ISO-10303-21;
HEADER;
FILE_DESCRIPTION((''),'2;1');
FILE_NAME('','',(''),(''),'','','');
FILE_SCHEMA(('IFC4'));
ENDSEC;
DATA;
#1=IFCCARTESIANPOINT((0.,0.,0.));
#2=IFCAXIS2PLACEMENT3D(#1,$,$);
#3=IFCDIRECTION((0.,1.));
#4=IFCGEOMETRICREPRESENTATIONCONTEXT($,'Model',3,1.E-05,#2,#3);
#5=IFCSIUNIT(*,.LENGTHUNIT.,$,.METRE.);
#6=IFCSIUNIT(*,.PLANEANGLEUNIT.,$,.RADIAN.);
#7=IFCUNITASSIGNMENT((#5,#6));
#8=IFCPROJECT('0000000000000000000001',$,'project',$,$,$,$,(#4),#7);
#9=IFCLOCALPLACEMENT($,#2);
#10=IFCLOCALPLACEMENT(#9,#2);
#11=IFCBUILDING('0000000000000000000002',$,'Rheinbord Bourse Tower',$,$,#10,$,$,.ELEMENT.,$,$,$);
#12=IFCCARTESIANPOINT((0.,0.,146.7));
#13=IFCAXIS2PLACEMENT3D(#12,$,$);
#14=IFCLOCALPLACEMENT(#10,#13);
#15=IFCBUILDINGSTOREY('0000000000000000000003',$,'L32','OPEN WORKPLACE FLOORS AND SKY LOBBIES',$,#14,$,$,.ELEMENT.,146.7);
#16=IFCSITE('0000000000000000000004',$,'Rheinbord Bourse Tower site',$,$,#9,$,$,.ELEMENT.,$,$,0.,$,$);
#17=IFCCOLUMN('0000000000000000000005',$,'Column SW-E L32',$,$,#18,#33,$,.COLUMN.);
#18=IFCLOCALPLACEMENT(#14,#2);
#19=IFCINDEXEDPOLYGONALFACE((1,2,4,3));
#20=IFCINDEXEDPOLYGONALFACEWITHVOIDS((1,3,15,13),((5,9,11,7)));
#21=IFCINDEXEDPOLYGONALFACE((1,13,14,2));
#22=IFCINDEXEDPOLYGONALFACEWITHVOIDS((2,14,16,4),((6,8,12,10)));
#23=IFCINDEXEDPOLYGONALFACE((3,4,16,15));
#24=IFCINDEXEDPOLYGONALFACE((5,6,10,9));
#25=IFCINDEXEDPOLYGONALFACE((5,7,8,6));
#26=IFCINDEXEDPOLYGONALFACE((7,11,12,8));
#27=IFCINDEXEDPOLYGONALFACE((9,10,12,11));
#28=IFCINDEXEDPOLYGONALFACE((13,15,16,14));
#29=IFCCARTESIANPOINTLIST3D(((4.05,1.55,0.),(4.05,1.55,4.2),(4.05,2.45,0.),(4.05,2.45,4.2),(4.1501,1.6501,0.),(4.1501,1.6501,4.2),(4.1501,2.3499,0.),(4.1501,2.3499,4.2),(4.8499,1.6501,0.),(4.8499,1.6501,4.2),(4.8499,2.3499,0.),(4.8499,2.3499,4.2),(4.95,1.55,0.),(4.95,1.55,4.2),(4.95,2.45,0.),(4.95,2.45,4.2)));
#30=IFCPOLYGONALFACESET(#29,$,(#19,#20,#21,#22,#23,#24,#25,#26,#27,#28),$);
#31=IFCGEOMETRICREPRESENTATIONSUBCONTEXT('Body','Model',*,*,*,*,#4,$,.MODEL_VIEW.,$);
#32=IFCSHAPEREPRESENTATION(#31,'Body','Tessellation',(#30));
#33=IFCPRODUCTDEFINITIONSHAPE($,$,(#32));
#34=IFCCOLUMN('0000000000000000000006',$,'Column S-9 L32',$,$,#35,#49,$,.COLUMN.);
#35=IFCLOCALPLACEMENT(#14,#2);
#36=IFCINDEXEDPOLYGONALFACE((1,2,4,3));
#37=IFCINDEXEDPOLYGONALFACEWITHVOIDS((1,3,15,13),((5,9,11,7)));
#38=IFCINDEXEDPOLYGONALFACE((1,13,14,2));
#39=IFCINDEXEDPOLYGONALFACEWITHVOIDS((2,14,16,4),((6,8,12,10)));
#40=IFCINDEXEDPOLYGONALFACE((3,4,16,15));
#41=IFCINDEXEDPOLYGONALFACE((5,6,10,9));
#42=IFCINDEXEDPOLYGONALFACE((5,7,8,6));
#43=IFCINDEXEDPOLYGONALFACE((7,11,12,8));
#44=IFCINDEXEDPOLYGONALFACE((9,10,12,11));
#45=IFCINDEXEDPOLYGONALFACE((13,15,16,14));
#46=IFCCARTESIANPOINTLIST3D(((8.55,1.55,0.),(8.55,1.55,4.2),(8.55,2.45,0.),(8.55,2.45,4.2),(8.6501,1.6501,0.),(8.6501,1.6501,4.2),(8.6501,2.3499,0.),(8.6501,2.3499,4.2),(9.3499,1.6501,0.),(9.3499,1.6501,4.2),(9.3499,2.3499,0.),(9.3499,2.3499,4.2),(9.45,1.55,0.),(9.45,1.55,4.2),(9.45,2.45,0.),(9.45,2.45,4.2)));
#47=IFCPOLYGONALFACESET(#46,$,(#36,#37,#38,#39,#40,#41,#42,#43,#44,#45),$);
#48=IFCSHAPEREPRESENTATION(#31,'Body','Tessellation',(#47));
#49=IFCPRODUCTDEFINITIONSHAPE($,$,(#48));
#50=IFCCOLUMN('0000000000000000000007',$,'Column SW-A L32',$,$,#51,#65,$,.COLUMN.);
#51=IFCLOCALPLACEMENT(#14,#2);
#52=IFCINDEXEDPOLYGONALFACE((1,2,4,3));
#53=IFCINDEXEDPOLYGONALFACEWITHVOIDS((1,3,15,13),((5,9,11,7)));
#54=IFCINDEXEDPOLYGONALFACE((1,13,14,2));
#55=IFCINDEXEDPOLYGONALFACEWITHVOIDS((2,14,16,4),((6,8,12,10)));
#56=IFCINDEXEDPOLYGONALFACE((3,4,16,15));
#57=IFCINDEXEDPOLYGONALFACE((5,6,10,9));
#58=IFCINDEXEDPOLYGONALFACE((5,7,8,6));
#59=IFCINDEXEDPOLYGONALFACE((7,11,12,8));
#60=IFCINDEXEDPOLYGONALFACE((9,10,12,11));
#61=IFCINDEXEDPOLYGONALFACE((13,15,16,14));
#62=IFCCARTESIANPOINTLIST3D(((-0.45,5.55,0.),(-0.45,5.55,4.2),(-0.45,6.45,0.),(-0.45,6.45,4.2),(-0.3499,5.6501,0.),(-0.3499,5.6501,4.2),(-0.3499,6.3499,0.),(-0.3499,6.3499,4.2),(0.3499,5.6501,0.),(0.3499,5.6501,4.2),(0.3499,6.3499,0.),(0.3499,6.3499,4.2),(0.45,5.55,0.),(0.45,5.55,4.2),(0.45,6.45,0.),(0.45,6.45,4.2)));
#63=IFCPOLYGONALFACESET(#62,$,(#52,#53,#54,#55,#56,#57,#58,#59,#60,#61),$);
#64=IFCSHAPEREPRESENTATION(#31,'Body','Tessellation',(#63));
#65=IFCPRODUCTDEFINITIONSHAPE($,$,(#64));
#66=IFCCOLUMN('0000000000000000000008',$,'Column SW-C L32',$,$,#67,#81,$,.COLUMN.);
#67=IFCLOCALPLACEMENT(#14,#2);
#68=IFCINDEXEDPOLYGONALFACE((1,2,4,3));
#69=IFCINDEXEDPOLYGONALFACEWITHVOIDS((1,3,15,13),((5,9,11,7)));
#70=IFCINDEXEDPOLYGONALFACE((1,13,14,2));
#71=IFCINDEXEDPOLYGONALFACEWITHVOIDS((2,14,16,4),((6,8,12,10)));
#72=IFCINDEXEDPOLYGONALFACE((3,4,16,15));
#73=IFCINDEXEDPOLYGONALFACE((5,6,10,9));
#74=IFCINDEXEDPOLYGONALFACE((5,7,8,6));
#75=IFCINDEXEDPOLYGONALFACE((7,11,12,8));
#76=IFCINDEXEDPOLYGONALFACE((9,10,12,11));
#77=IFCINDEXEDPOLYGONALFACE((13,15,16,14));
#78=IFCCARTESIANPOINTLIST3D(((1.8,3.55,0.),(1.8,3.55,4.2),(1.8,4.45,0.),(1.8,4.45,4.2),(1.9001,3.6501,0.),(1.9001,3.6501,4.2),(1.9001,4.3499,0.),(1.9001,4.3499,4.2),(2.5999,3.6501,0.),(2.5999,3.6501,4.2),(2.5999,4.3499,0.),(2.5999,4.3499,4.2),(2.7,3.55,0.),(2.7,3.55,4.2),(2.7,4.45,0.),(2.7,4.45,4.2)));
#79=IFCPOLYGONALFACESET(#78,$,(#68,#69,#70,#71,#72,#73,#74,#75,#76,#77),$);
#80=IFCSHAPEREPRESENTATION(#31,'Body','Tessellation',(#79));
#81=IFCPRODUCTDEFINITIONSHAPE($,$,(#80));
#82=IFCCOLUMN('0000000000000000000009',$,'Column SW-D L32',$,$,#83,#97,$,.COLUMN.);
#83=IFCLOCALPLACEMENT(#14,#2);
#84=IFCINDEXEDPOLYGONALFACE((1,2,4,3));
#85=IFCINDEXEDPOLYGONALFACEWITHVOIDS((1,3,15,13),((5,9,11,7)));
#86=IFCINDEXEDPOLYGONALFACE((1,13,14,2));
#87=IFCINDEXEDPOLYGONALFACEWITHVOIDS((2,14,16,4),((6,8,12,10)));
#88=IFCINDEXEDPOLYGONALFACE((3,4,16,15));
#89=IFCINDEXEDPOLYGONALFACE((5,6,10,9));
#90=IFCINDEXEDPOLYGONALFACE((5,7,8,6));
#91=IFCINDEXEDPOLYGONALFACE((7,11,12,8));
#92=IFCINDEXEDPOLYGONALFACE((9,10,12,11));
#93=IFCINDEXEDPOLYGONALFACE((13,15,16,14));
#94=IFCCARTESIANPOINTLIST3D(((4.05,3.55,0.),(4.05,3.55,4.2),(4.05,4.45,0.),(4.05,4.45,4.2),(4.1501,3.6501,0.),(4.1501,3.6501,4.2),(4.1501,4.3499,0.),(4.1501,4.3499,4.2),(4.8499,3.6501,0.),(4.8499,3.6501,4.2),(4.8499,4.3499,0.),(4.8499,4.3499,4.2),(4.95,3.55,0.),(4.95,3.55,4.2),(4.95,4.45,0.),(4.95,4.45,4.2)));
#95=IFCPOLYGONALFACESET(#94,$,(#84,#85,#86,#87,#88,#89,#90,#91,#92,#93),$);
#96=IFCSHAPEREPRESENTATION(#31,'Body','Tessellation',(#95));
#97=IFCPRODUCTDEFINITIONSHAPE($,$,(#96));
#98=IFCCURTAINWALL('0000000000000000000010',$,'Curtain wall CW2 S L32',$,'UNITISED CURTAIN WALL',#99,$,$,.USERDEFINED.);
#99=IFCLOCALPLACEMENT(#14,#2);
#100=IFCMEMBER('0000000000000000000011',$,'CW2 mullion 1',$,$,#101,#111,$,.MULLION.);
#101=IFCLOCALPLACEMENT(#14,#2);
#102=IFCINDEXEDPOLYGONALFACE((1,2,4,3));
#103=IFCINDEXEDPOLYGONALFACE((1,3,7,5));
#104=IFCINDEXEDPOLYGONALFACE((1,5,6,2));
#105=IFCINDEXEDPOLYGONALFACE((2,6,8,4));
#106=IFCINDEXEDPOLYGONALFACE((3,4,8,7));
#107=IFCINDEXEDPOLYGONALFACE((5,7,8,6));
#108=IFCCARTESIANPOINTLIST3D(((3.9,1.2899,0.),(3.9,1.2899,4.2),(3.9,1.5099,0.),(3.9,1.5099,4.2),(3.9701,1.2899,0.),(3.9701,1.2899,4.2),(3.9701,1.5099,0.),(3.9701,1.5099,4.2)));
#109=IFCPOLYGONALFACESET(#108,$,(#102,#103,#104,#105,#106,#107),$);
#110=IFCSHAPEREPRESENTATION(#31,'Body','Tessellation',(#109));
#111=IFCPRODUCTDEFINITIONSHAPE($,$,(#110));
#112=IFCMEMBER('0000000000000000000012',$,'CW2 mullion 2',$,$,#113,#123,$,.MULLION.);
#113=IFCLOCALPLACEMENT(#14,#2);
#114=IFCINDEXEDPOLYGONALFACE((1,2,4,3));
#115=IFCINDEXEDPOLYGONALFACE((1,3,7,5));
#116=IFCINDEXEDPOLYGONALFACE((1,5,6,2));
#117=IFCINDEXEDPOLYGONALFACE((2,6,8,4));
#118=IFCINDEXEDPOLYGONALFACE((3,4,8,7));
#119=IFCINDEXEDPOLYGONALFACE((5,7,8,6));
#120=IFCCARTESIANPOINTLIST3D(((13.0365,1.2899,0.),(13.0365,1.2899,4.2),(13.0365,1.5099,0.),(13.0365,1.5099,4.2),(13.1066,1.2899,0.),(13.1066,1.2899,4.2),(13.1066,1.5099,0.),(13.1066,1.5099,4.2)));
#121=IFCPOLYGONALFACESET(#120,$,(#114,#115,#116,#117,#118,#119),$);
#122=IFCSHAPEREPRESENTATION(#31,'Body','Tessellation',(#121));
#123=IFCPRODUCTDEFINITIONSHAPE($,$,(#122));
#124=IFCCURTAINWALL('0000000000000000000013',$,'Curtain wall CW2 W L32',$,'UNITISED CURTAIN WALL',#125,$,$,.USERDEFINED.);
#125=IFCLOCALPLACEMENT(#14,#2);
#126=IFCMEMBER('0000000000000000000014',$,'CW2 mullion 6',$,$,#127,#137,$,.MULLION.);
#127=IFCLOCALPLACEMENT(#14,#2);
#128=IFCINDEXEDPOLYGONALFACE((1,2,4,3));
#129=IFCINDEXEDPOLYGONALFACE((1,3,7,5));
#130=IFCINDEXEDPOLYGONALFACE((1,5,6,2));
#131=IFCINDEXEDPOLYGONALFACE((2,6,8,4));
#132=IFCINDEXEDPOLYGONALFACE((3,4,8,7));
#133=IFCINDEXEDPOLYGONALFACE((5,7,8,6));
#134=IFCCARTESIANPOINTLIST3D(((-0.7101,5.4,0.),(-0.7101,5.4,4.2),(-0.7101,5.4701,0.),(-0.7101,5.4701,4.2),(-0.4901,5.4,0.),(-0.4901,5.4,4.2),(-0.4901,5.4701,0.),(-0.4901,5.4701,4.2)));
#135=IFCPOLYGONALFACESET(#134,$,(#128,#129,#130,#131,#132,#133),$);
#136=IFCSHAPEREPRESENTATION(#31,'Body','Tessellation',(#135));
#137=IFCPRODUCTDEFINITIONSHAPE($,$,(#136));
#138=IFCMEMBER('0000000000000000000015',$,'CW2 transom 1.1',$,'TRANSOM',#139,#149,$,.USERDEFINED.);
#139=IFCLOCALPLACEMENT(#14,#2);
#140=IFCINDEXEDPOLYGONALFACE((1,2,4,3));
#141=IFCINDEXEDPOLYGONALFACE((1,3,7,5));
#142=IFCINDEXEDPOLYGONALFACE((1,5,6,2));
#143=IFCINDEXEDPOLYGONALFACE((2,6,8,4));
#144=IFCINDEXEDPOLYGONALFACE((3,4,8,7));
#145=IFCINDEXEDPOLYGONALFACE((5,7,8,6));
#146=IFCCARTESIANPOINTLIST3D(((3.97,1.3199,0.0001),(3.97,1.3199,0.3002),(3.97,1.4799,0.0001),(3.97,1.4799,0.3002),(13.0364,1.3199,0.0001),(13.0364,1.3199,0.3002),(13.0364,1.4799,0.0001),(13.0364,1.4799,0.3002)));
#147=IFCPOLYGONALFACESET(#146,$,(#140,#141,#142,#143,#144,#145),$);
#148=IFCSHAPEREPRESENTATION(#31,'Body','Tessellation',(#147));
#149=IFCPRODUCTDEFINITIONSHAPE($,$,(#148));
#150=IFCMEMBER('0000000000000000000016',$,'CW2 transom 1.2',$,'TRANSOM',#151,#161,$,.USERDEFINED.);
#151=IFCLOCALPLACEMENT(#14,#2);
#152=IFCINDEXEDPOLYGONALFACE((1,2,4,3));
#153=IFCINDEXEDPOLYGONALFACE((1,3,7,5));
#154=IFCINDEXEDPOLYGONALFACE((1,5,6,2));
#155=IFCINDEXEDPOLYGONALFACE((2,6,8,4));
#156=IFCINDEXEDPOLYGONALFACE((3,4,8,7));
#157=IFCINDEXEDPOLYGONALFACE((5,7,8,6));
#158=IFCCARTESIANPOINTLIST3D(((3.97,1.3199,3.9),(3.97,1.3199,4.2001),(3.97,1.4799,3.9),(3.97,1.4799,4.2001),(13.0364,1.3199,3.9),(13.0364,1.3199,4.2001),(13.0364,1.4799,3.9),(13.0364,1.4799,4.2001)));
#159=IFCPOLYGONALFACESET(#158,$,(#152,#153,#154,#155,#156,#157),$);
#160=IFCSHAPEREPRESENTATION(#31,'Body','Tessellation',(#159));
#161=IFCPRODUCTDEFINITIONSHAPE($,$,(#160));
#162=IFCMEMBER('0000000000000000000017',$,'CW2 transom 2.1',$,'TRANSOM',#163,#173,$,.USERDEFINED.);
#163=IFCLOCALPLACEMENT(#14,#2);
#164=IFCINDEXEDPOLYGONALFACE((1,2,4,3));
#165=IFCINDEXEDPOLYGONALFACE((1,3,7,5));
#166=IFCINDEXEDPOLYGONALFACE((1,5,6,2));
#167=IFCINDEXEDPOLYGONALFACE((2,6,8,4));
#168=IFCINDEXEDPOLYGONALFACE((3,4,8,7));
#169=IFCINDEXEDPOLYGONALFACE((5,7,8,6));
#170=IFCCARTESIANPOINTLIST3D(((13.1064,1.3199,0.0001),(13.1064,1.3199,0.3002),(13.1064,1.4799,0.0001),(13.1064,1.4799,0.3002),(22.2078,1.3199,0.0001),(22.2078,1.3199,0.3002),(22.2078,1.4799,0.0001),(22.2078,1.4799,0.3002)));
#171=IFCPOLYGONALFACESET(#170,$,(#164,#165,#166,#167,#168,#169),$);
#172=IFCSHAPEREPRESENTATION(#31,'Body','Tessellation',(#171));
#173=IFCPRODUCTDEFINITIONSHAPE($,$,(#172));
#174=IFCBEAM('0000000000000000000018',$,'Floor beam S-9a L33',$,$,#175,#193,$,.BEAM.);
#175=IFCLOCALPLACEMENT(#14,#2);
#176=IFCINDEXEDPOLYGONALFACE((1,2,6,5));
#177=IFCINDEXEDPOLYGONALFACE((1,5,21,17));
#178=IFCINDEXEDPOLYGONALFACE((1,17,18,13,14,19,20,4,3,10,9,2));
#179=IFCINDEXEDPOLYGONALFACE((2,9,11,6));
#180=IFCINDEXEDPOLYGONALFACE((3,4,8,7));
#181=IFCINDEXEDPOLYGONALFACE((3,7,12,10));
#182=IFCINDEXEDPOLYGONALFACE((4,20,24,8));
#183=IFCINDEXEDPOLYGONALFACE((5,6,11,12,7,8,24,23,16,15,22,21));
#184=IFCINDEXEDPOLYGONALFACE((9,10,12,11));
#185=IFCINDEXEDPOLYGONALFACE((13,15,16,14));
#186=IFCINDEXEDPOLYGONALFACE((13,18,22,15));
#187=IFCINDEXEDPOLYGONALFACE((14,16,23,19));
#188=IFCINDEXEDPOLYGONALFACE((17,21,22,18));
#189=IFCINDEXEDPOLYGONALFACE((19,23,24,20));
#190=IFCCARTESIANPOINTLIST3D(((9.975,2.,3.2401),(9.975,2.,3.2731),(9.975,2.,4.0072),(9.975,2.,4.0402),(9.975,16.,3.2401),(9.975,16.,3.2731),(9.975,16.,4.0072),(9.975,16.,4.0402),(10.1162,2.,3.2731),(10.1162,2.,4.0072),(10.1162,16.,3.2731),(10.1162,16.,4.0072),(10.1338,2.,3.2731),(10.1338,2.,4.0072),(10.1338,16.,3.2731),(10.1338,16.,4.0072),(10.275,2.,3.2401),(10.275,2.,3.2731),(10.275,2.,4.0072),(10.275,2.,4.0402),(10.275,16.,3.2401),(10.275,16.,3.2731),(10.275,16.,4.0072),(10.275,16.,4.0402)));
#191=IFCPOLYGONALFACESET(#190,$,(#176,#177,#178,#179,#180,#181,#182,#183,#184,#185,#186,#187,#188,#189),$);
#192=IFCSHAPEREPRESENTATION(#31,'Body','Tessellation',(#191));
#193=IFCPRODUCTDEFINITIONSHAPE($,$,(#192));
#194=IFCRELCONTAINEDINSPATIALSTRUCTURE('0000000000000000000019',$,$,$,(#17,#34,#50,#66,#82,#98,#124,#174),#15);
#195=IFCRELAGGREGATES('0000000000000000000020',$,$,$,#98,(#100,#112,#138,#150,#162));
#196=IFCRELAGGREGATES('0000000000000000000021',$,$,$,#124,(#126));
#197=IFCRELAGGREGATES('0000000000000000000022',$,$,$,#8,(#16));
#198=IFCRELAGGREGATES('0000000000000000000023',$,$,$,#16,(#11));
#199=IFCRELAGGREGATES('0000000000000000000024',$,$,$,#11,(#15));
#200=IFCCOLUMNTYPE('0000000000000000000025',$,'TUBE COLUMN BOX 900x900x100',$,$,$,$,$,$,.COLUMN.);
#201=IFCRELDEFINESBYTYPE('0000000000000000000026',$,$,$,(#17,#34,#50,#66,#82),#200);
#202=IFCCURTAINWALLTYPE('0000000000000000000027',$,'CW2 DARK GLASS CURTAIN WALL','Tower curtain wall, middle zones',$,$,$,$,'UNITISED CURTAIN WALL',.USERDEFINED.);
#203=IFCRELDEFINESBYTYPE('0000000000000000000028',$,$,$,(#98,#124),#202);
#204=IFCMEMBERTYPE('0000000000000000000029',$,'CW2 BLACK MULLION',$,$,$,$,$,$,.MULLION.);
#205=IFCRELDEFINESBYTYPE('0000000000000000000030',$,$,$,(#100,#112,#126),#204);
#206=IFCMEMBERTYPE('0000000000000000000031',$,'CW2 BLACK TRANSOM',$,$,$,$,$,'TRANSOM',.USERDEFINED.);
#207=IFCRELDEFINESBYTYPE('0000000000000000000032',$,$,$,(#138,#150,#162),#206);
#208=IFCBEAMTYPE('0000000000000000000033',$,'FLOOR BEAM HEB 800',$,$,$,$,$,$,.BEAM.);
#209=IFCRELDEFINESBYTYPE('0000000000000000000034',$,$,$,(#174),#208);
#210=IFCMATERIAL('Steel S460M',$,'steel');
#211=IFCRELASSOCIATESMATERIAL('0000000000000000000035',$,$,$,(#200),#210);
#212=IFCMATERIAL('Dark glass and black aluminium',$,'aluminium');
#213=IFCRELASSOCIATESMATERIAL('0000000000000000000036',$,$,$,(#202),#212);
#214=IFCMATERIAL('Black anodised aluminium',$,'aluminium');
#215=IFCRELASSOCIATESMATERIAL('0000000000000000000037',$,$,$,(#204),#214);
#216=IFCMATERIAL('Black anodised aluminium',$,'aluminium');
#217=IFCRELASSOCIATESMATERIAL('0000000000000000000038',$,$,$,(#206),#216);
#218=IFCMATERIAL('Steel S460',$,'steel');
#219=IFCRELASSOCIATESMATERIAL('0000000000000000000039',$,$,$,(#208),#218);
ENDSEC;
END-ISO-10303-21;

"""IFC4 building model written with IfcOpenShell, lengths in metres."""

from ifc_helpers import new_model, si_unit, direction, frame, origin, origin_2d, place, context, subcontext, project, spatial, rectangle, hollow_rectangle, i_section, extrude, material, material_profile, profile_set, type_object, element, aggregate, save


model = new_model("IFC4")

# Units and contexts
model_context = context("Model", 3, precision=1e-05, world=origin(), true_north=direction((0.0, 1.0)))
body_context = subcontext(model_context, "Body", "Model", "MODEL_VIEW")
ifc_project = project(units=[si_unit("LENGTHUNIT", "METRE"), si_unit("PLANEANGLEUNIT", "RADIAN")], contexts=[model_context])

# Site, building, storey
site_placement = place(None, origin())
site = spatial("IfcSite", under=ifc_project, at=site_placement, Name="Rheinbord Bourse Tower site", CompositionType="ELEMENT", RefElevation=0.0)
building_placement = place(site_placement, origin())
building = spatial("IfcBuilding", under=site, at=building_placement, Name="Rheinbord Bourse Tower", CompositionType="ELEMENT")
storey_placement = place(building_placement, frame((0.0, 0.0, 146.7)))
storey = spatial("IfcBuildingStorey", under=building, at=storey_placement, Name="L32", Description="OPEN WORKPLACE FLOORS AND SKY LOBBIES", CompositionType="ELEMENT", Elevation=146.7)

# Columns
ifc_material_1 = material(Name="Steel S460M", Category="steel")
ifc_material_profile_1 = material_profile(ifc_material_1, hollow_rectangle(XDim=0.8999, YDim=0.8999, WallThickness=0.1001, at=origin_2d()), Name="BOX 900x900x100")
ifc_profile_set_1 = profile_set([ifc_material_profile_1], Name="Steel S460M")
column_type = type_object("IfcColumnType", Name="TUBE COLUMN BOX 900x900x100", PredefinedType="COLUMN", material=ifc_profile_set_1)
for number, where, z_axis, x_axis, name in (
    (1, (4.5, 2.0, 0.0), (0.0, 0.0, 1.0), (0.0, 1.0, 0.0), "Column SW-E L32"),
    (2, (9.0, 2.0, 0.0), (0.0, 0.0, 1.0), (0.0, 1.0, 0.0), "Column S-9 L32"),
    (3, (0.0, 6.0, 0.0), (0.0, 0.0, 1.0), (1.0, 0.0, 0.0), "Column SW-A L32"),
    (4, (2.25, 4.0, 0.0), (0.0, 0.0, 1.0), (1.0, 0.0, 0.0), "Column SW-C L32"),
    (5, (4.5, 4.0, 0.0), (0.0, 0.0, 1.0), (0.0, 1.0, 0.0), "Column SW-D L32"),
):
    element("IfcColumn", number, at=place(storey_placement, frame(where, z_axis=z_axis, x_axis=x_axis)), inside=storey, type_object=column_type, Name=name, PredefinedType="COLUMN", context=body_context, shape_type="SweptSolid", body=[
        extrude(hollow_rectangle(XDim=0.8999, YDim=0.8999, WallThickness=0.1001, at=origin_2d()), origin(), (0.0, 0.0, 1.0), 4.2),
    ])

# Curtain wall, members
ifc_material_2 = material(Name="Dark glass and black aluminium", Category="aluminium")
curtain_wall_type = type_object("IfcCurtainWallType", Name="CW2 DARK GLASS CURTAIN WALL", Description="Tower curtain wall, middle zones", ElementType="UNITISED CURTAIN WALL", PredefinedType="USERDEFINED", material=ifc_material_2)
curtain_wall_1_placement = place(storey_placement, origin())
curtain_wall_1 = element("IfcCurtainWall", 6, at=curtain_wall_1_placement, inside=storey, type_object=curtain_wall_type, Name="Curtain wall CW2 S L32", ObjectType="UNITISED CURTAIN WALL", PredefinedType="USERDEFINED")
ifc_material_3 = material(Name="Black anodised aluminium", Category="aluminium")
ifc_material_profile_2 = material_profile(ifc_material_3, rectangle(XDim=0.22, YDim=0.0701, at=origin_2d()), Name="CW2 MULLION 70x220")
ifc_profile_set_2 = profile_set([ifc_material_profile_2], Name="Black anodised aluminium")
member_type_1 = type_object("IfcMemberType", Name="CW2 BLACK MULLION", PredefinedType="MULLION", material=ifc_profile_set_2)
member_1_placement = place(storey_placement, frame((3.9351, 1.3999, 0.0), z_axis=(0.0, 0.0, 1.0), x_axis=(0.0, 1.0, 0.0)))
member_1 = element("IfcMember", 7, at=member_1_placement, type_object=member_type_1, Name="CW2 mullion 1", PredefinedType="MULLION", context=body_context, shape_type="SweptSolid", body=[
    extrude(rectangle(XDim=0.22, YDim=0.0701, at=origin_2d()), origin(), (0.0, 0.0, 1.0), 4.2),
])
member_2_placement = place(storey_placement, frame((13.0715, 1.3999, 0.0), z_axis=(0.0, 0.0, 1.0), x_axis=(0.0, 1.0, 0.0)))
member_2 = element("IfcMember", 8, at=member_2_placement, type_object=member_type_1, Name="CW2 mullion 2", PredefinedType="MULLION", context=body_context, shape_type="SweptSolid", body=[
    extrude(rectangle(XDim=0.22, YDim=0.0701, at=origin_2d()), origin(), (0.0, 0.0, 1.0), 4.2),
])

# Curtain wall, member
curtain_wall_2_placement = place(storey_placement, origin())
curtain_wall_2 = element("IfcCurtainWall", 9, at=curtain_wall_2_placement, inside=storey, type_object=curtain_wall_type, Name="Curtain wall CW2 W L32", ObjectType="UNITISED CURTAIN WALL", PredefinedType="USERDEFINED")
member_3_placement = place(storey_placement, frame((-0.6001, 5.4351, 0.0), z_axis=(0.0, 0.0, 1.0), x_axis=(1.0, 0.0, 0.0)))
member_3 = element("IfcMember", 10, at=member_3_placement, type_object=member_type_1, Name="CW2 mullion 6", PredefinedType="MULLION", context=body_context, shape_type="SweptSolid", body=[
    extrude(rectangle(XDim=0.22, YDim=0.0701, at=origin_2d()), origin(), (0.0, 0.0, 1.0), 4.2),
])

# Members
ifc_material_4 = material(Name="Black anodised aluminium", Category="aluminium")
ifc_material_profile_3 = material_profile(ifc_material_4, rectangle(XDim=0.1599, YDim=0.3, at=origin_2d()), Name="CW2 TRANSOM 300x160")
ifc_profile_set_3 = profile_set([ifc_material_profile_3], Name="Black anodised aluminium")
member_type_2 = type_object("IfcMemberType", Name="CW2 BLACK TRANSOM", ElementType="TRANSOM", PredefinedType="USERDEFINED", material=ifc_profile_set_3)
member_4_placement = place(storey_placement, frame((3.97, 1.3999, 0.1501), z_axis=(1.0, 0.0, 0.0), x_axis=(0.0, 1.0, 0.0)))
member_4 = element("IfcMember", 11, at=member_4_placement, type_object=member_type_2, Name="CW2 transom 1.1", ObjectType="TRANSOM", PredefinedType="USERDEFINED", context=body_context, shape_type="SweptSolid", body=[
    extrude(rectangle(XDim=0.1599, YDim=0.3, at=origin_2d()), origin(), (0.0, 0.0, 1.0), 9.0664),
])
member_5_placement = place(storey_placement, frame((3.97, 1.3999, 4.05), z_axis=(1.0, 0.0, 0.0), x_axis=(0.0, 1.0, 0.0)))
member_5 = element("IfcMember", 12, at=member_5_placement, type_object=member_type_2, Name="CW2 transom 1.2", ObjectType="TRANSOM", PredefinedType="USERDEFINED", context=body_context, shape_type="SweptSolid", body=[
    extrude(rectangle(XDim=0.1599, YDim=0.3, at=origin_2d()), origin(), (0.0, 0.0, 1.0), 9.0664),
])
member_6_placement = place(storey_placement, frame((13.1064, 1.3999, 0.1501), z_axis=(1.0, 0.0, 0.0), x_axis=(0.0, 1.0, 0.0)))
member_6 = element("IfcMember", 13, at=member_6_placement, type_object=member_type_2, Name="CW2 transom 2.1", ObjectType="TRANSOM", PredefinedType="USERDEFINED", context=body_context, shape_type="SweptSolid", body=[
    extrude(rectangle(XDim=0.1599, YDim=0.3, at=origin_2d()), origin(), (0.0, 0.0, 1.0), 9.1013),
])

# Beam
ifc_material_5 = material(Name="Steel S460", Category="steel")
ifc_material_profile_4 = material_profile(ifc_material_5, i_section(OverallWidth=0.3, OverallDepth=0.8, WebThickness=0.0176, FlangeThickness=0.033, at=origin_2d()), Name="HEB 800")
ifc_profile_set_4 = profile_set([ifc_material_profile_4], Name="Steel S460")
beam_type_1 = type_object("IfcBeamType", Name="FLOOR BEAM HEB 800", PredefinedType="BEAM", material=ifc_profile_set_4)
for number, where, z_axis, x_axis, name in (
    (14, (10.125, 2.0, 3.6401), (0.0, 1.0, 0.0), (-1.0, 0.0, 0.0), "Floor beam S-9a L33"),
):
    element("IfcBeam", number, at=place(storey_placement, frame(where, z_axis=z_axis, x_axis=x_axis)), inside=storey, type_object=beam_type_1, Name=name, PredefinedType="BEAM", context=body_context, shape_type="SweptSolid", body=[
        extrude(i_section(OverallWidth=0.3, OverallDepth=0.8, WebThickness=0.0176, FlangeThickness=0.033, at=origin_2d()), origin(), (0.0, 0.0, 1.0), 14.0),
    ])

aggregate(curtain_wall_1, [member_1, member_2, member_4, member_5, member_6])
aggregate(curtain_wall_2, [member_3])

save(model, "model.ifc")
